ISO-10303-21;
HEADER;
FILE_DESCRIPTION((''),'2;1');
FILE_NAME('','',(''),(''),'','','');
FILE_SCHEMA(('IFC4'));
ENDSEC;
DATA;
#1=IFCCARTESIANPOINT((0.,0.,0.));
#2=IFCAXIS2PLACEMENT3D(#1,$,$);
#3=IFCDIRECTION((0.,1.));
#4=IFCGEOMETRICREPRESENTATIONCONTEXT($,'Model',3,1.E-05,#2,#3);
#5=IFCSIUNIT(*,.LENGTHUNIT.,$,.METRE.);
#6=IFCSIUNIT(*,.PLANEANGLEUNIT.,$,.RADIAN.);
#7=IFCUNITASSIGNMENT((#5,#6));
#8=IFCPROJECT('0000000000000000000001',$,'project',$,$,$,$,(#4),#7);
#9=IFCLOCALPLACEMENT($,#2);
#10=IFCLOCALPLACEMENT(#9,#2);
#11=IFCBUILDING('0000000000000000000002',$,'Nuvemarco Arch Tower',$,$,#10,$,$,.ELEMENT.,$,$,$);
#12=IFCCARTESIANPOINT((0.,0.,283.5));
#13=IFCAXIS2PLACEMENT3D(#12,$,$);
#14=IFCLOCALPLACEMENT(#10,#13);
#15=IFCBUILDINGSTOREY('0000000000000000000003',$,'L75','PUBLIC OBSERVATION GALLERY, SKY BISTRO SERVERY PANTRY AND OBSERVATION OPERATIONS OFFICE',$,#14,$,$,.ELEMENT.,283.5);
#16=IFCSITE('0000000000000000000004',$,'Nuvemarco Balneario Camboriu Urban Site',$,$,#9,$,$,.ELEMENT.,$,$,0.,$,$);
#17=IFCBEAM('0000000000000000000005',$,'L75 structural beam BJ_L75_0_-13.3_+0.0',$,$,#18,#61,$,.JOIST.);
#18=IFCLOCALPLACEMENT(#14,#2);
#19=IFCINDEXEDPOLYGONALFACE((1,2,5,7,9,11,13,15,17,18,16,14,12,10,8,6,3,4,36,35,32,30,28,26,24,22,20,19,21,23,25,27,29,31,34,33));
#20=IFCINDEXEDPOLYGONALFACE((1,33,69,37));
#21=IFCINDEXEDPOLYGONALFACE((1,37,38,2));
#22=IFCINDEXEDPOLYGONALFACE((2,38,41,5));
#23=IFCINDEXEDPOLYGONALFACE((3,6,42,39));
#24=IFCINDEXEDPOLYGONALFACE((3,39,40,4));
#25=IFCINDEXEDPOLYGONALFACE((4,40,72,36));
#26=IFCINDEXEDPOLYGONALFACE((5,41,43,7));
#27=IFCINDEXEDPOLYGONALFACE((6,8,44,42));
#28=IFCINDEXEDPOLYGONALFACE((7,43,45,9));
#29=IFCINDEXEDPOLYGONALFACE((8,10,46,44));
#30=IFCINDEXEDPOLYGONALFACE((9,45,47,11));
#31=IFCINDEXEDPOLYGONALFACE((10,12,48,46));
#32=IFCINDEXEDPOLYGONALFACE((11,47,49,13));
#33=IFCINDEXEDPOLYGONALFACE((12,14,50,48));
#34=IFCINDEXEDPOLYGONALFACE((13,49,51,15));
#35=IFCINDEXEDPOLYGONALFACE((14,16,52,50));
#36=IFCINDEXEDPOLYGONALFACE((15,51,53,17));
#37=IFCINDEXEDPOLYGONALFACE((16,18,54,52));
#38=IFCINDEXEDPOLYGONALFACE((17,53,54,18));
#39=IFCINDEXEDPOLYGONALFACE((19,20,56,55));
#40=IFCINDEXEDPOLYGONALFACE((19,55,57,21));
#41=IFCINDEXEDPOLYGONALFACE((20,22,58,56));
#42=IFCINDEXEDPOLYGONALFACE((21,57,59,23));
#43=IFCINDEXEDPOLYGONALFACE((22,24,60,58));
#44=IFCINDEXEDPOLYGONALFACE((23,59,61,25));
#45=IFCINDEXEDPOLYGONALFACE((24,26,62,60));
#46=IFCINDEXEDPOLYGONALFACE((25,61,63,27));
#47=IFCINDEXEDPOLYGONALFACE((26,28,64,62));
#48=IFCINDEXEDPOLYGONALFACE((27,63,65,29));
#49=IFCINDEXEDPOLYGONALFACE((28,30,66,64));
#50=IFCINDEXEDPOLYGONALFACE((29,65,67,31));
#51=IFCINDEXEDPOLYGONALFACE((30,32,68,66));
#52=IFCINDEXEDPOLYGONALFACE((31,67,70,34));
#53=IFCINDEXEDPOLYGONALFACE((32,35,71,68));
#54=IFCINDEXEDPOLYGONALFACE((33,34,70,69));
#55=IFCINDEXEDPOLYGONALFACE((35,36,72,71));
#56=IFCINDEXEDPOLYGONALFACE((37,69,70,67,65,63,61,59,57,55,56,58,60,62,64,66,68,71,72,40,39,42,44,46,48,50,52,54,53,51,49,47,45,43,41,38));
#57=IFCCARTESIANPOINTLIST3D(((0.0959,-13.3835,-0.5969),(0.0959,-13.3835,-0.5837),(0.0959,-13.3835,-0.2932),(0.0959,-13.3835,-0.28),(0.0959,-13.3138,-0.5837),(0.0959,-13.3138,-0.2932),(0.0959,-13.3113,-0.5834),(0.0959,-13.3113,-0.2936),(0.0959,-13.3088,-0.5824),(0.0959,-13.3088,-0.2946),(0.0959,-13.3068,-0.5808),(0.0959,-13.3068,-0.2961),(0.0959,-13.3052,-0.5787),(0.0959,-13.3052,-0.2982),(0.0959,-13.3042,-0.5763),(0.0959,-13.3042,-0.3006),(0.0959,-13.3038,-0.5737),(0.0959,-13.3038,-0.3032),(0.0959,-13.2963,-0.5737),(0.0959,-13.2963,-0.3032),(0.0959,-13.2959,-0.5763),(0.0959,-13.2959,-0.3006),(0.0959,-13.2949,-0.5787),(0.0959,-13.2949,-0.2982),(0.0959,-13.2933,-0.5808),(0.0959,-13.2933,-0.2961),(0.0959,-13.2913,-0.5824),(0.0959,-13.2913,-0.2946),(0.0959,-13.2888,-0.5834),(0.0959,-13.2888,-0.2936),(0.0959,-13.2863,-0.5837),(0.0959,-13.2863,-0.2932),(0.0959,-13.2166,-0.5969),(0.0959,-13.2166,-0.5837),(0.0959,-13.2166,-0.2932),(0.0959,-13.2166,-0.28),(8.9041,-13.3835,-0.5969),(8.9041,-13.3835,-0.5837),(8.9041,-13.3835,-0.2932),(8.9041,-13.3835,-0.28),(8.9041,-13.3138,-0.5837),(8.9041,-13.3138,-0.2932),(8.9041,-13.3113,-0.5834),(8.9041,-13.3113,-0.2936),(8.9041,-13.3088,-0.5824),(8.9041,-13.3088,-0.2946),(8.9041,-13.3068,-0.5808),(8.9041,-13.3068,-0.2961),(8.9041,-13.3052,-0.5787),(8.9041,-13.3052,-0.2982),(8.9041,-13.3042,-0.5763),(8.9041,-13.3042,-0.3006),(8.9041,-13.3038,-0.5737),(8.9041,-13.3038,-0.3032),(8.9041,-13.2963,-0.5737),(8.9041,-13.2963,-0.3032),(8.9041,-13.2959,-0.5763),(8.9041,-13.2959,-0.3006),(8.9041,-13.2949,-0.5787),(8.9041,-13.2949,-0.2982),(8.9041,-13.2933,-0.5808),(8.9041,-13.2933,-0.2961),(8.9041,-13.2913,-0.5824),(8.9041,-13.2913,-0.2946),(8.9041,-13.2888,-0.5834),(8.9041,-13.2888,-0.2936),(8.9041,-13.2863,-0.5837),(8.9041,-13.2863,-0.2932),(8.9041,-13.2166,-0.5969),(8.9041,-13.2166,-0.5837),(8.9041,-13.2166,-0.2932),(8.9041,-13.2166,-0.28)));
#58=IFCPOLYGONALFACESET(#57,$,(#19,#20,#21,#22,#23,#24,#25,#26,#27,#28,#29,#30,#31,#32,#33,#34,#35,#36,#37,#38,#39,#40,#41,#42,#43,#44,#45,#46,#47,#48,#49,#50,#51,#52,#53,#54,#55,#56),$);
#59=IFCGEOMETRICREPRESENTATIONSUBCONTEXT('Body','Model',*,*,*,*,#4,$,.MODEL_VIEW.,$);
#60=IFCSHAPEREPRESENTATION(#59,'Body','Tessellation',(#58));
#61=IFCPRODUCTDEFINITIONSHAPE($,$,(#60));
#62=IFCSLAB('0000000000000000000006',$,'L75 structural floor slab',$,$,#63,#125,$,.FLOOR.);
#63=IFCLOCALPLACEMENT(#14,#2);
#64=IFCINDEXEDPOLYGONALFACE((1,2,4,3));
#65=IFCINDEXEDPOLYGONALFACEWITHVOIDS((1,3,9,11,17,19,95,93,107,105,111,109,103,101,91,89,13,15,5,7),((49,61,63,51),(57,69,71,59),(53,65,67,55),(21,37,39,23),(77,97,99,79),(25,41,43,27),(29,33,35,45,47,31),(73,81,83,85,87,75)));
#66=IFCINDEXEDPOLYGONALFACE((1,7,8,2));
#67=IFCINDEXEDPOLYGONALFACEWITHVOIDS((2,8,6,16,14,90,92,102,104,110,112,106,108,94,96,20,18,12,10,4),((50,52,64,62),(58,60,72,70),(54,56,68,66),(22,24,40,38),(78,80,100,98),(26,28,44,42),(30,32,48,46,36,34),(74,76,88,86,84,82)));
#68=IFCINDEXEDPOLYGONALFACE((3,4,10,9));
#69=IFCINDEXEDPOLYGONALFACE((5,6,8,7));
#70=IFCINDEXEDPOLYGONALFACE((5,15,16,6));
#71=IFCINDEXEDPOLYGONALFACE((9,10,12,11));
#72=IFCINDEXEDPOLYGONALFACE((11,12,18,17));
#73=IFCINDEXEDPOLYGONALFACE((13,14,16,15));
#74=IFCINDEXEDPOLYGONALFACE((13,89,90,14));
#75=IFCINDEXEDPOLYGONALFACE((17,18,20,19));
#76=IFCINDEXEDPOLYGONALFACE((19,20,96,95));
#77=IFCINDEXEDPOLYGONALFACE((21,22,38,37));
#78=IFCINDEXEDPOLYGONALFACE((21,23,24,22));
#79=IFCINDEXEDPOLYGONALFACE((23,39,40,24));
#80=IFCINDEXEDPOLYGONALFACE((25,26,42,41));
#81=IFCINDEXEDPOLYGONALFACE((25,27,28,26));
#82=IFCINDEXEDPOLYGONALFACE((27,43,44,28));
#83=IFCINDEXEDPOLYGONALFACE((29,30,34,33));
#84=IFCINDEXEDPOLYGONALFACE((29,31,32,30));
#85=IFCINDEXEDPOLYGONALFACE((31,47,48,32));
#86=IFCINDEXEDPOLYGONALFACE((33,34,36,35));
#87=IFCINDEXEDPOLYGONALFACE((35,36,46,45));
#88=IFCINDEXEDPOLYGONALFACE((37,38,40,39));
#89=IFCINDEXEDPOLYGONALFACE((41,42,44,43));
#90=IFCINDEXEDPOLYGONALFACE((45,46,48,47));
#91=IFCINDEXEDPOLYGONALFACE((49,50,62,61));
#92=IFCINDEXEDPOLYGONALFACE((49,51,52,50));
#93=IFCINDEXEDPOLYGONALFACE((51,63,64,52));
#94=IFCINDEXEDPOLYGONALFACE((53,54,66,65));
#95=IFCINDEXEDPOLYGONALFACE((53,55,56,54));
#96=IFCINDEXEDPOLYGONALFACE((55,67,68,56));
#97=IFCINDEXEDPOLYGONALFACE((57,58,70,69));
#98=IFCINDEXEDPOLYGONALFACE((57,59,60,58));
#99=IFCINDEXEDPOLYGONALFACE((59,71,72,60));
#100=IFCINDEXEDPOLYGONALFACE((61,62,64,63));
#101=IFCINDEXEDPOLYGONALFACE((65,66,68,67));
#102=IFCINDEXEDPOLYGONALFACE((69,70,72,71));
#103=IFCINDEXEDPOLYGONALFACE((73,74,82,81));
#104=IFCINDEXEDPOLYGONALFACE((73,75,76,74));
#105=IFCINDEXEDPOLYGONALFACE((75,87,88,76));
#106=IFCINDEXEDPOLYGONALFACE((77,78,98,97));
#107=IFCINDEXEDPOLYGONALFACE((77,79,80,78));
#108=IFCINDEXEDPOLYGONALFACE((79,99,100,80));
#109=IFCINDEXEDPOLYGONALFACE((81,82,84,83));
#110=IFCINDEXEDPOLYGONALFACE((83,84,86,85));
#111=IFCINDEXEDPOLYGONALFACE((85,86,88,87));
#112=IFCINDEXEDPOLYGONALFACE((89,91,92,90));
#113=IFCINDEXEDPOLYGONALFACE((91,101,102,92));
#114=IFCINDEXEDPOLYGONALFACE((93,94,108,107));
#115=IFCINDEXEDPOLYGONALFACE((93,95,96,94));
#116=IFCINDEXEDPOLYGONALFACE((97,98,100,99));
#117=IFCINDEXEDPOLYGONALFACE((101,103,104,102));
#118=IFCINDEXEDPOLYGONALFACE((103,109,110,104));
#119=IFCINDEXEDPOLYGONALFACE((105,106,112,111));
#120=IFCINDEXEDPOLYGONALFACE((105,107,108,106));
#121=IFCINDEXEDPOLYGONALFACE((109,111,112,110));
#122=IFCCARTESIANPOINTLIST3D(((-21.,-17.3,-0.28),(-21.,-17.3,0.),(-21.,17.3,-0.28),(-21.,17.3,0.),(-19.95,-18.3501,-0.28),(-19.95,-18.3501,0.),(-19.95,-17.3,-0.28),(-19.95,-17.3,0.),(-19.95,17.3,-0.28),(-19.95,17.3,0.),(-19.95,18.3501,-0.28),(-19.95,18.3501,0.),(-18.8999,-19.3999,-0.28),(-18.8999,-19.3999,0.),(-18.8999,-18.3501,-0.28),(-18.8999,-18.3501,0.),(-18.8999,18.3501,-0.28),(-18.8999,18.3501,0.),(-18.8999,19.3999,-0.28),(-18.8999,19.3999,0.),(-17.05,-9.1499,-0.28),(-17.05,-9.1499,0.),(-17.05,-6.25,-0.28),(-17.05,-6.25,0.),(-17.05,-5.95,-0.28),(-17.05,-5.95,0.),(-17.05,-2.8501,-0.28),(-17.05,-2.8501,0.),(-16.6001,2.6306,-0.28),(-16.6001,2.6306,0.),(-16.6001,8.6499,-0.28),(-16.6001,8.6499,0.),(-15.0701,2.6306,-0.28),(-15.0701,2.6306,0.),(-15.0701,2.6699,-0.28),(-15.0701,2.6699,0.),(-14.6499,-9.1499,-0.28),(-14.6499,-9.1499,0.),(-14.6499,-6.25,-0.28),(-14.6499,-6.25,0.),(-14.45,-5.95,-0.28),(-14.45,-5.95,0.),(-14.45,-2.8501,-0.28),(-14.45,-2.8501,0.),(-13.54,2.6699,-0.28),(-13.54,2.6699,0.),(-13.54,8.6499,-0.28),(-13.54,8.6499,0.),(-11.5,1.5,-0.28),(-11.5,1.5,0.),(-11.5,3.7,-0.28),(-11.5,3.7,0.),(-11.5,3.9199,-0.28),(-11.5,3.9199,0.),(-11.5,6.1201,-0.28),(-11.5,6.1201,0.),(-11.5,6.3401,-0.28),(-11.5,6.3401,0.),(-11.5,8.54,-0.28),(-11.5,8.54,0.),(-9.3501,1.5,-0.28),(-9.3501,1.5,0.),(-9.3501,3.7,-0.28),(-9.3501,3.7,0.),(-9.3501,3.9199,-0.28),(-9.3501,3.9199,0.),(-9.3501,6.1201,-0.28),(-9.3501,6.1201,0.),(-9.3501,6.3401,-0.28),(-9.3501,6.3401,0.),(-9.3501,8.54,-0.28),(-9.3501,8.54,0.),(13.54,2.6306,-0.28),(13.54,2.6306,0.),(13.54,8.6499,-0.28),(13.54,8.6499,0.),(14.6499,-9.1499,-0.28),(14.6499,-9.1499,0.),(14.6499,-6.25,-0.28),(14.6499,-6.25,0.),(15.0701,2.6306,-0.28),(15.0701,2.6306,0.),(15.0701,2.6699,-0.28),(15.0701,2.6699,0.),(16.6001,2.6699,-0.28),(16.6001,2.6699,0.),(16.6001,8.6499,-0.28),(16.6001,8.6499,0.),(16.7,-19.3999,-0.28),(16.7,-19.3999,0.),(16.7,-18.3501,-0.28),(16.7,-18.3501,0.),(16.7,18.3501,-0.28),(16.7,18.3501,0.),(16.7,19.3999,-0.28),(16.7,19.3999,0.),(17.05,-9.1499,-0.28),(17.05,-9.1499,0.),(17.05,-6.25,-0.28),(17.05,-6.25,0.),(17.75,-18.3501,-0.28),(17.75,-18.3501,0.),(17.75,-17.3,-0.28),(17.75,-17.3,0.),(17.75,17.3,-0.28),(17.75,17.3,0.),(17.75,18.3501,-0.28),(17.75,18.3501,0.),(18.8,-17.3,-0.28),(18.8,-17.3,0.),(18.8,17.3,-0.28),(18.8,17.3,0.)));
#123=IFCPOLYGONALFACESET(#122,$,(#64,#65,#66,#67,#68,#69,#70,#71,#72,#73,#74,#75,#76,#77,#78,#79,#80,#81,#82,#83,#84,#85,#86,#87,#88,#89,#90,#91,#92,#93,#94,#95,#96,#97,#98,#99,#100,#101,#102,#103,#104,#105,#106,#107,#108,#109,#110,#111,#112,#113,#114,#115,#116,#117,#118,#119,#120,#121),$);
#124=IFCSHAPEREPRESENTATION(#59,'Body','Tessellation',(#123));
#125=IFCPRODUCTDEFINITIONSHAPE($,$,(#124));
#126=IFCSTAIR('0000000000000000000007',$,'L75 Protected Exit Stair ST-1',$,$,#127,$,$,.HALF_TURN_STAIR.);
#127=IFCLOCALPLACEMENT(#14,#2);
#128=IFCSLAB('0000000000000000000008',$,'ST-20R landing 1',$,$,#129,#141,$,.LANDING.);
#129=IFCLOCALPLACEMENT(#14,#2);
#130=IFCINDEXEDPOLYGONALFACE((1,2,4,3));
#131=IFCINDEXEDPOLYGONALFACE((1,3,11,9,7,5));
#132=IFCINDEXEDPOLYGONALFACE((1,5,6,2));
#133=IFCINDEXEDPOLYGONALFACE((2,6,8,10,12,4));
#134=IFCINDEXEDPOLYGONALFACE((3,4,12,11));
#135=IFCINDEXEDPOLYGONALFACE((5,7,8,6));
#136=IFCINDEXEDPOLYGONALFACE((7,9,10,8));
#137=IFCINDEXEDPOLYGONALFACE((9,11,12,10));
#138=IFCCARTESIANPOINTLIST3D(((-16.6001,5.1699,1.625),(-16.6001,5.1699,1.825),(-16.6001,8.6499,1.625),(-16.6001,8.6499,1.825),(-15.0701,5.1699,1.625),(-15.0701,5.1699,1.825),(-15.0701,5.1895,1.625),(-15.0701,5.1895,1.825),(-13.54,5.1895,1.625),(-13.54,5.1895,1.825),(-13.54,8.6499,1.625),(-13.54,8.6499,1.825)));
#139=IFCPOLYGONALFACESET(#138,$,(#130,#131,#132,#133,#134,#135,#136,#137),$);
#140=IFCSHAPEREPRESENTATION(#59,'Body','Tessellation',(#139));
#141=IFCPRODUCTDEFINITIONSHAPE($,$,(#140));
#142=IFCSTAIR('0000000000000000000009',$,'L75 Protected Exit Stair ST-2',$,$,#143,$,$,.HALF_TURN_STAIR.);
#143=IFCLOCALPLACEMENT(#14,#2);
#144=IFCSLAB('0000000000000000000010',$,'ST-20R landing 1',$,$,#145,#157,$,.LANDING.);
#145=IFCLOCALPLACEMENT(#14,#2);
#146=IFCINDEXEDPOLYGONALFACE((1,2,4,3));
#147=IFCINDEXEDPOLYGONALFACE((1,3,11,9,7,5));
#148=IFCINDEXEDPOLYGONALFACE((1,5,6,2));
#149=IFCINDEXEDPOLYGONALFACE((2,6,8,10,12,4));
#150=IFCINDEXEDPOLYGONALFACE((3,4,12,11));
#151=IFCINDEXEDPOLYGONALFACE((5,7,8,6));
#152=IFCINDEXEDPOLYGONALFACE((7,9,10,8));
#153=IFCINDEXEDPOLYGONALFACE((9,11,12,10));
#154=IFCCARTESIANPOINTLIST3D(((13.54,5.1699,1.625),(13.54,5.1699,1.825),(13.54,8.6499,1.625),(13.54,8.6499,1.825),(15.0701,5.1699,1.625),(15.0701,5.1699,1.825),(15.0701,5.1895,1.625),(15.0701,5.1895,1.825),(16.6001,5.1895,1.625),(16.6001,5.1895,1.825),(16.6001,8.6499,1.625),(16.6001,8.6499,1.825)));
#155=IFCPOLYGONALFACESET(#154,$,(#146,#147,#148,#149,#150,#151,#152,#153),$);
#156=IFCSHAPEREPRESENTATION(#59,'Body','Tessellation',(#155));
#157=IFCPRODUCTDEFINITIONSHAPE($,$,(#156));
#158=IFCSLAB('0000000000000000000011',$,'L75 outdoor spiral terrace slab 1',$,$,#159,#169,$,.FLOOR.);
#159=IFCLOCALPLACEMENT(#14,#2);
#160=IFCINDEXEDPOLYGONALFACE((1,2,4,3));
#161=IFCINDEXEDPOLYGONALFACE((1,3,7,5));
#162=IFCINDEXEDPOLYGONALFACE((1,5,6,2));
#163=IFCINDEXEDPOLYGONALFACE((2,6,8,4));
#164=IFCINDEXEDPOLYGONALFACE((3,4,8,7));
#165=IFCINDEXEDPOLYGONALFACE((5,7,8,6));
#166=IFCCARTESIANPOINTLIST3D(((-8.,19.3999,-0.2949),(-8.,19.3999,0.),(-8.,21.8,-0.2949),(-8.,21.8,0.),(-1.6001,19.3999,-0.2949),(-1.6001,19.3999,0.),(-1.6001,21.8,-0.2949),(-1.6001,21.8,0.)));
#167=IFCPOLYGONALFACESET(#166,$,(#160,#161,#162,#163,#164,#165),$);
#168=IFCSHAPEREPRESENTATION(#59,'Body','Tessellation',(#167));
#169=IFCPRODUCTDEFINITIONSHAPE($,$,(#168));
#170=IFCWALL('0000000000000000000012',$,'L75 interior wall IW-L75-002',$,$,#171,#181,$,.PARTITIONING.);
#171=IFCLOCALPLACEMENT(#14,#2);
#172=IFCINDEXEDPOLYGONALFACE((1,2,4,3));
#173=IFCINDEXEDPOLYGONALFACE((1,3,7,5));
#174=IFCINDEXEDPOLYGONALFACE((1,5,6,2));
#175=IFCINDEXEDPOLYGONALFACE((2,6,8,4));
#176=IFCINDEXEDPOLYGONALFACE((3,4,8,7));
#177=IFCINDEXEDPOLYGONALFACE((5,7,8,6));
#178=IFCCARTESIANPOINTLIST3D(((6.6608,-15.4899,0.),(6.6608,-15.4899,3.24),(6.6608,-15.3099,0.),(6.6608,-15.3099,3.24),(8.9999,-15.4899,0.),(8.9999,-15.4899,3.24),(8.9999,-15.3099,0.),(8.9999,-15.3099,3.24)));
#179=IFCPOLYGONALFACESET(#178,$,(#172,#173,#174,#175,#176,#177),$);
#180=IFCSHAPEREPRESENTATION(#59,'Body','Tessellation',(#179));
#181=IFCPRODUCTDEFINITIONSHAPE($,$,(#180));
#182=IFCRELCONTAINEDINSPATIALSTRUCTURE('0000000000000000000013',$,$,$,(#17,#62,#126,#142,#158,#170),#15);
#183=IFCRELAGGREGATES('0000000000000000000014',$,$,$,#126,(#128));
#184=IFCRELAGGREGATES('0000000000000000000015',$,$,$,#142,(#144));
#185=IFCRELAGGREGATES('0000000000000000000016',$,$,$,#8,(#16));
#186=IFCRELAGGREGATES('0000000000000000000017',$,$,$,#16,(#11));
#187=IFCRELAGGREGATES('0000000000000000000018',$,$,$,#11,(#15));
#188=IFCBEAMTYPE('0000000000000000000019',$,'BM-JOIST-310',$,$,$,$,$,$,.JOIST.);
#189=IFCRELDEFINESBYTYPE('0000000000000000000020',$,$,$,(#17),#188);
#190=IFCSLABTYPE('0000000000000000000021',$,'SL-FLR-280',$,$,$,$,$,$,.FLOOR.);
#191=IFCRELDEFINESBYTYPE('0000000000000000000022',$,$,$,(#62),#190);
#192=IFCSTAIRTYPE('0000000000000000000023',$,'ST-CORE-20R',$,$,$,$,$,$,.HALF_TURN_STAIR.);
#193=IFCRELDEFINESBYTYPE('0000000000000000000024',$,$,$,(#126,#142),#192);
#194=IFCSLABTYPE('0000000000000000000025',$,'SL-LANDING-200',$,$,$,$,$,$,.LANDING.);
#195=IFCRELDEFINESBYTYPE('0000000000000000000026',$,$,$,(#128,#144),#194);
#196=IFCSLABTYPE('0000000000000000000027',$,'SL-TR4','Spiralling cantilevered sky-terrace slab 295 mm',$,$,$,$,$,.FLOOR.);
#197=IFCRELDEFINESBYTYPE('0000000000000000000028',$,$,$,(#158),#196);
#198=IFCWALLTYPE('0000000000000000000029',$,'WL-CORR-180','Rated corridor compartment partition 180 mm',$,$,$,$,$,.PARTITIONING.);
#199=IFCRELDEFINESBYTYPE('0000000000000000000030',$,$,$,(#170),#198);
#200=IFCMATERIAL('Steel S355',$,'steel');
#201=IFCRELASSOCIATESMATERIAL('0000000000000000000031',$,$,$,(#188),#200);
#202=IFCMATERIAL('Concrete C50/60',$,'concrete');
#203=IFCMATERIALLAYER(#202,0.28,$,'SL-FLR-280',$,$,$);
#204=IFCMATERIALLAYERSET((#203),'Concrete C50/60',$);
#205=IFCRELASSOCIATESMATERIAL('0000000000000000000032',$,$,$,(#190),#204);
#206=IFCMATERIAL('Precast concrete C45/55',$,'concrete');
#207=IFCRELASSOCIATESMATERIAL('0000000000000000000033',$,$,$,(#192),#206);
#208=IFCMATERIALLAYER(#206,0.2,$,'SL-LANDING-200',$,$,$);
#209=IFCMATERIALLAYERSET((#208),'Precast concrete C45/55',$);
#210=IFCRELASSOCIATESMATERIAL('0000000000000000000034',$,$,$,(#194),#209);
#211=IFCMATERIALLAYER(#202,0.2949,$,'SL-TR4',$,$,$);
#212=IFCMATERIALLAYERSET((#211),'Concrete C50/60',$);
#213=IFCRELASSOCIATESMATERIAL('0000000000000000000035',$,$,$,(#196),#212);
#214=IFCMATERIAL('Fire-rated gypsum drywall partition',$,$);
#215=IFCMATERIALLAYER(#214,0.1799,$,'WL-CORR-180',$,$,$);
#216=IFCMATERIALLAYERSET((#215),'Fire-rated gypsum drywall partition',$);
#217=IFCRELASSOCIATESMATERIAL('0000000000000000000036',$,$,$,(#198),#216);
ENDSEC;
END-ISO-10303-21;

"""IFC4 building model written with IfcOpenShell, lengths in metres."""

from ifc_helpers import new_model, si_unit, direction, frame, frame_2d, origin, origin_2d, place, context, subcontext, project, spatial, polyline, rectangle, i_section, outline, extrude, material, layer, layer_set, material_profile, profile_set, type_object, element, aggregate, save


model = new_model("IFC4")

# Units and contexts
model_context = context("Model", 3, precision=1e-05, world=origin(), true_north=direction((0.0, 1.0)))
body_context = subcontext(model_context, "Body", "Model", "MODEL_VIEW")
ifc_project = project(units=[si_unit("LENGTHUNIT", "METRE"), si_unit("PLANEANGLEUNIT", "RADIAN")], contexts=[model_context])

# Site, building, storey
site_placement = place(None, origin())
site = spatial("IfcSite", under=ifc_project, at=site_placement, Name="Nuvemarco Balneario Camboriu Urban Site", CompositionType="ELEMENT", RefElevation=0.0)
building_placement = place(site_placement, origin())
building = spatial("IfcBuilding", under=site, at=building_placement, Name="Nuvemarco Arch Tower", CompositionType="ELEMENT")
storey_placement = place(building_placement, frame((0.0, 0.0, 283.5)))
storey = spatial("IfcBuildingStorey", under=building, at=storey_placement, Name="L75", Description="PUBLIC OBSERVATION GALLERY, SKY BISTRO SERVERY PANTRY AND OBSERVATION OPERATIONS OFFICE", CompositionType="ELEMENT", Elevation=283.5)

# Shared definitions
ifc_material_1 = material(Name="Steel S355", Category="steel")

# Beam
ifc_material_profile_1 = material_profile(ifc_material_1, i_section(OverallWidth=0.167, OverallDepth=0.3169, WebThickness=0.0076, FlangeThickness=0.0132, FilletRadius=0.01, at=origin_2d()), Name="W310x52")
ifc_profile_set_1 = profile_set([ifc_material_profile_1], Name="Steel S355")
beam_type_1 = type_object("IfcBeamType", Name="BM-JOIST-310", PredefinedType="JOIST", material=ifc_profile_set_1)
beam_1_placement = place(storey_placement, frame((0.0959, -13.3, -0.4385), z_axis=(1.0, 0.0, 0.0), x_axis=(0.0, 1.0, 0.0)))
element("IfcBeam", 1, at=beam_1_placement, inside=storey, type_object=beam_type_1, Name="L75 structural beam BJ_L75_0_-13.3_+0.0", PredefinedType="JOIST", context=body_context, shape_type="SweptSolid", body=[
    extrude(i_section(OverallWidth=0.167, OverallDepth=0.3169, WebThickness=0.0076, FlangeThickness=0.0132, FilletRadius=0.01, at=origin_2d()), origin(), (0.0, 0.0, 1.0), 8.8081),
])

# Slab
ifc_material_2 = material(Name="Concrete C50/60", Category="concrete")
ifc_layer_1 = layer(ifc_material_2, 0.28, Name="SL-FLR-280")
ifc_layer_set_1 = layer_set([ifc_layer_1], Name="Concrete C50/60")
slab_type_1 = type_object("IfcSlabType", Name="SL-FLR-280", PredefinedType="FLOOR", material=ifc_layer_set_1)
slab_1_placement = place(storey_placement, frame((0.0, 0.0, -0.28)))
element("IfcSlab", 2, at=slab_1_placement, inside=storey, type_object=slab_type_1, Name="L75 structural floor slab", PredefinedType="FLOOR", context=body_context, shape_type="SweptSolid", body=[
    extrude(outline(polyline([(-18.8999, -19.3999), (16.7, -19.3999), (16.7, -18.3501), (17.75, -18.3501), (17.75, -17.3), (18.8, -17.3), (18.8, 17.3), (17.75, 17.3), (17.75, 18.3501), (16.7, 18.3501), (16.7, 19.3999), (-18.8999, 19.3999), (-18.8999, 18.3501), (-19.95, 18.3501), (-19.95, 17.3), (-21.0, 17.3), (-21.0, -17.3), (-19.95, -17.3), (-19.95, -18.3501), (-18.8999, -18.3501), (-18.8999, -19.3999)]), holes=[polyline([(-13.54, 2.6699), (-13.54, 8.6499), (-16.6001, 8.6499), (-16.6001, 2.6306), (-15.0701, 2.6306), (-15.0701, 2.6699), (-13.54, 2.6699)]), polyline([(16.6001, 2.6699), (16.6001, 8.6499), (13.54, 8.6499), (13.54, 2.6306), (15.0701, 2.6306), (15.0701, 2.6699), (16.6001, 2.6699)]), polyline([(-17.05, -9.1499), (-14.6499, -9.1499), (-14.6499, -6.25), (-17.05, -6.25), (-17.05, -9.1499)]), polyline([(-17.05, -5.95), (-14.45, -5.95), (-14.45, -2.8501), (-17.05, -2.8501), (-17.05, -5.95)]), polyline([(-11.5, 1.5), (-9.3501, 1.5), (-9.3501, 3.7), (-11.5, 3.7), (-11.5, 1.5)]), polyline([(-11.5, 3.9199), (-9.3501, 3.9199), (-9.3501, 6.1201), (-11.5, 6.1201), (-11.5, 3.9199)]), polyline([(-11.5, 6.3401), (-9.3501, 6.3401), (-9.3501, 8.54), (-11.5, 8.54), (-11.5, 6.3401)]), polyline([(14.6499, -9.1499), (17.05, -9.1499), (17.05, -6.25), (14.6499, -6.25), (14.6499, -9.1499)])]), origin(), (0.0, 0.0, 1.0), 0.28),
])

# Stairs, slabs
ifc_material_3 = material(Name="Precast concrete C45/55", Category="concrete")
stair_type = type_object("IfcStairType", Name="ST-CORE-20R", PredefinedType="HALF_TURN_STAIR", material=ifc_material_3)
stair_1_placement = place(storey_placement, origin())
stair_1 = element("IfcStair", 3, at=stair_1_placement, inside=storey, type_object=stair_type, Name="L75 Protected Exit Stair ST-1", PredefinedType="HALF_TURN_STAIR")
ifc_layer_2 = layer(ifc_material_3, 0.2, Name="SL-LANDING-200")
ifc_layer_set_2 = layer_set([ifc_layer_2], Name="Precast concrete C45/55")
slab_type_2 = type_object("IfcSlabType", Name="SL-LANDING-200", PredefinedType="LANDING", material=ifc_layer_set_2)
slab_2_placement = place(storey_placement, frame((0.0, 0.0, 1.625)))
slab_2 = element("IfcSlab", 4, at=slab_2_placement, type_object=slab_type_2, Name="ST-20R landing 1", PredefinedType="LANDING", context=body_context, shape_type="SweptSolid", body=[
    extrude(outline(polyline([(-13.54, 5.1895), (-13.54, 8.6499), (-16.6001, 8.6499), (-16.6001, 5.1699), (-15.0701, 5.1699), (-15.0701, 5.1895), (-13.54, 5.1895)])), origin(), (0.0, 0.0, 1.0), 0.2),
])
aggregate(stair_1, [slab_2])
stair_2_placement = place(storey_placement, origin())
stair_2 = element("IfcStair", 5, at=stair_2_placement, inside=storey, type_object=stair_type, Name="L75 Protected Exit Stair ST-2", PredefinedType="HALF_TURN_STAIR")
slab_3_placement = place(storey_placement, frame((0.0, 0.0, 1.625)))
slab_3 = element("IfcSlab", 6, at=slab_3_placement, type_object=slab_type_2, Name="ST-20R landing 1", PredefinedType="LANDING", context=body_context, shape_type="SweptSolid", body=[
    extrude(outline(polyline([(16.6001, 5.1895), (16.6001, 8.6499), (13.54, 8.6499), (13.54, 5.1699), (15.0701, 5.1699), (15.0701, 5.1895), (16.6001, 5.1895)])), origin(), (0.0, 0.0, 1.0), 0.2),
])
aggregate(stair_2, [slab_3])

# Slab
ifc_layer_3 = layer(ifc_material_2, 0.2949, Name="SL-TR4")
ifc_layer_set_3 = layer_set([ifc_layer_3], Name="Concrete C50/60")
slab_type_3 = type_object("IfcSlabType", Name="SL-TR4", Description="Spiralling cantilevered sky-terrace slab 295 mm", PredefinedType="FLOOR", material=ifc_layer_set_3)
slab_4_placement = place(storey_placement, frame((0.0, 0.0, -0.2949)))
element("IfcSlab", 7, at=slab_4_placement, inside=storey, type_object=slab_type_3, Name="L75 outdoor spiral terrace slab 1", PredefinedType="FLOOR", context=body_context, shape_type="SweptSolid", body=[
    extrude(outline(polyline([(-8.0, 19.3999), (-1.6001, 19.3999), (-1.6001, 21.8), (-8.0, 21.8), (-8.0, 19.3999)])), origin(), (0.0, 0.0, 1.0), 0.2949),
])

# Wall
ifc_material_4 = material(Name="Fire-rated gypsum drywall partition")
ifc_layer_4 = layer(ifc_material_4, 0.1799, Name="WL-CORR-180")
ifc_layer_set_4 = layer_set([ifc_layer_4], Name="Fire-rated gypsum drywall partition")
wall_type_1 = type_object("IfcWallType", Name="WL-CORR-180", Description="Rated corridor compartment partition 180 mm", PredefinedType="PARTITIONING", material=ifc_layer_set_4)
wall_placement = place(storey_placement, frame((6.6609, -15.3999, 0.0), z_axis=(0.0, 0.0, 1.0), x_axis=(1.0, 0.0, 0.0)))
element("IfcWall", 8, at=wall_placement, inside=storey, type_object=wall_type_1, Name="L75 interior wall IW-L75-002", PredefinedType="PARTITIONING", context=body_context, shape_type="SweptSolid", body=[
    extrude(rectangle(XDim=2.3391, YDim=0.1799, at=frame_2d((1.1694, 0.0))), origin(), (0.0, 0.0, 1.0), 3.24),
])

save(model, "model.ifc")
